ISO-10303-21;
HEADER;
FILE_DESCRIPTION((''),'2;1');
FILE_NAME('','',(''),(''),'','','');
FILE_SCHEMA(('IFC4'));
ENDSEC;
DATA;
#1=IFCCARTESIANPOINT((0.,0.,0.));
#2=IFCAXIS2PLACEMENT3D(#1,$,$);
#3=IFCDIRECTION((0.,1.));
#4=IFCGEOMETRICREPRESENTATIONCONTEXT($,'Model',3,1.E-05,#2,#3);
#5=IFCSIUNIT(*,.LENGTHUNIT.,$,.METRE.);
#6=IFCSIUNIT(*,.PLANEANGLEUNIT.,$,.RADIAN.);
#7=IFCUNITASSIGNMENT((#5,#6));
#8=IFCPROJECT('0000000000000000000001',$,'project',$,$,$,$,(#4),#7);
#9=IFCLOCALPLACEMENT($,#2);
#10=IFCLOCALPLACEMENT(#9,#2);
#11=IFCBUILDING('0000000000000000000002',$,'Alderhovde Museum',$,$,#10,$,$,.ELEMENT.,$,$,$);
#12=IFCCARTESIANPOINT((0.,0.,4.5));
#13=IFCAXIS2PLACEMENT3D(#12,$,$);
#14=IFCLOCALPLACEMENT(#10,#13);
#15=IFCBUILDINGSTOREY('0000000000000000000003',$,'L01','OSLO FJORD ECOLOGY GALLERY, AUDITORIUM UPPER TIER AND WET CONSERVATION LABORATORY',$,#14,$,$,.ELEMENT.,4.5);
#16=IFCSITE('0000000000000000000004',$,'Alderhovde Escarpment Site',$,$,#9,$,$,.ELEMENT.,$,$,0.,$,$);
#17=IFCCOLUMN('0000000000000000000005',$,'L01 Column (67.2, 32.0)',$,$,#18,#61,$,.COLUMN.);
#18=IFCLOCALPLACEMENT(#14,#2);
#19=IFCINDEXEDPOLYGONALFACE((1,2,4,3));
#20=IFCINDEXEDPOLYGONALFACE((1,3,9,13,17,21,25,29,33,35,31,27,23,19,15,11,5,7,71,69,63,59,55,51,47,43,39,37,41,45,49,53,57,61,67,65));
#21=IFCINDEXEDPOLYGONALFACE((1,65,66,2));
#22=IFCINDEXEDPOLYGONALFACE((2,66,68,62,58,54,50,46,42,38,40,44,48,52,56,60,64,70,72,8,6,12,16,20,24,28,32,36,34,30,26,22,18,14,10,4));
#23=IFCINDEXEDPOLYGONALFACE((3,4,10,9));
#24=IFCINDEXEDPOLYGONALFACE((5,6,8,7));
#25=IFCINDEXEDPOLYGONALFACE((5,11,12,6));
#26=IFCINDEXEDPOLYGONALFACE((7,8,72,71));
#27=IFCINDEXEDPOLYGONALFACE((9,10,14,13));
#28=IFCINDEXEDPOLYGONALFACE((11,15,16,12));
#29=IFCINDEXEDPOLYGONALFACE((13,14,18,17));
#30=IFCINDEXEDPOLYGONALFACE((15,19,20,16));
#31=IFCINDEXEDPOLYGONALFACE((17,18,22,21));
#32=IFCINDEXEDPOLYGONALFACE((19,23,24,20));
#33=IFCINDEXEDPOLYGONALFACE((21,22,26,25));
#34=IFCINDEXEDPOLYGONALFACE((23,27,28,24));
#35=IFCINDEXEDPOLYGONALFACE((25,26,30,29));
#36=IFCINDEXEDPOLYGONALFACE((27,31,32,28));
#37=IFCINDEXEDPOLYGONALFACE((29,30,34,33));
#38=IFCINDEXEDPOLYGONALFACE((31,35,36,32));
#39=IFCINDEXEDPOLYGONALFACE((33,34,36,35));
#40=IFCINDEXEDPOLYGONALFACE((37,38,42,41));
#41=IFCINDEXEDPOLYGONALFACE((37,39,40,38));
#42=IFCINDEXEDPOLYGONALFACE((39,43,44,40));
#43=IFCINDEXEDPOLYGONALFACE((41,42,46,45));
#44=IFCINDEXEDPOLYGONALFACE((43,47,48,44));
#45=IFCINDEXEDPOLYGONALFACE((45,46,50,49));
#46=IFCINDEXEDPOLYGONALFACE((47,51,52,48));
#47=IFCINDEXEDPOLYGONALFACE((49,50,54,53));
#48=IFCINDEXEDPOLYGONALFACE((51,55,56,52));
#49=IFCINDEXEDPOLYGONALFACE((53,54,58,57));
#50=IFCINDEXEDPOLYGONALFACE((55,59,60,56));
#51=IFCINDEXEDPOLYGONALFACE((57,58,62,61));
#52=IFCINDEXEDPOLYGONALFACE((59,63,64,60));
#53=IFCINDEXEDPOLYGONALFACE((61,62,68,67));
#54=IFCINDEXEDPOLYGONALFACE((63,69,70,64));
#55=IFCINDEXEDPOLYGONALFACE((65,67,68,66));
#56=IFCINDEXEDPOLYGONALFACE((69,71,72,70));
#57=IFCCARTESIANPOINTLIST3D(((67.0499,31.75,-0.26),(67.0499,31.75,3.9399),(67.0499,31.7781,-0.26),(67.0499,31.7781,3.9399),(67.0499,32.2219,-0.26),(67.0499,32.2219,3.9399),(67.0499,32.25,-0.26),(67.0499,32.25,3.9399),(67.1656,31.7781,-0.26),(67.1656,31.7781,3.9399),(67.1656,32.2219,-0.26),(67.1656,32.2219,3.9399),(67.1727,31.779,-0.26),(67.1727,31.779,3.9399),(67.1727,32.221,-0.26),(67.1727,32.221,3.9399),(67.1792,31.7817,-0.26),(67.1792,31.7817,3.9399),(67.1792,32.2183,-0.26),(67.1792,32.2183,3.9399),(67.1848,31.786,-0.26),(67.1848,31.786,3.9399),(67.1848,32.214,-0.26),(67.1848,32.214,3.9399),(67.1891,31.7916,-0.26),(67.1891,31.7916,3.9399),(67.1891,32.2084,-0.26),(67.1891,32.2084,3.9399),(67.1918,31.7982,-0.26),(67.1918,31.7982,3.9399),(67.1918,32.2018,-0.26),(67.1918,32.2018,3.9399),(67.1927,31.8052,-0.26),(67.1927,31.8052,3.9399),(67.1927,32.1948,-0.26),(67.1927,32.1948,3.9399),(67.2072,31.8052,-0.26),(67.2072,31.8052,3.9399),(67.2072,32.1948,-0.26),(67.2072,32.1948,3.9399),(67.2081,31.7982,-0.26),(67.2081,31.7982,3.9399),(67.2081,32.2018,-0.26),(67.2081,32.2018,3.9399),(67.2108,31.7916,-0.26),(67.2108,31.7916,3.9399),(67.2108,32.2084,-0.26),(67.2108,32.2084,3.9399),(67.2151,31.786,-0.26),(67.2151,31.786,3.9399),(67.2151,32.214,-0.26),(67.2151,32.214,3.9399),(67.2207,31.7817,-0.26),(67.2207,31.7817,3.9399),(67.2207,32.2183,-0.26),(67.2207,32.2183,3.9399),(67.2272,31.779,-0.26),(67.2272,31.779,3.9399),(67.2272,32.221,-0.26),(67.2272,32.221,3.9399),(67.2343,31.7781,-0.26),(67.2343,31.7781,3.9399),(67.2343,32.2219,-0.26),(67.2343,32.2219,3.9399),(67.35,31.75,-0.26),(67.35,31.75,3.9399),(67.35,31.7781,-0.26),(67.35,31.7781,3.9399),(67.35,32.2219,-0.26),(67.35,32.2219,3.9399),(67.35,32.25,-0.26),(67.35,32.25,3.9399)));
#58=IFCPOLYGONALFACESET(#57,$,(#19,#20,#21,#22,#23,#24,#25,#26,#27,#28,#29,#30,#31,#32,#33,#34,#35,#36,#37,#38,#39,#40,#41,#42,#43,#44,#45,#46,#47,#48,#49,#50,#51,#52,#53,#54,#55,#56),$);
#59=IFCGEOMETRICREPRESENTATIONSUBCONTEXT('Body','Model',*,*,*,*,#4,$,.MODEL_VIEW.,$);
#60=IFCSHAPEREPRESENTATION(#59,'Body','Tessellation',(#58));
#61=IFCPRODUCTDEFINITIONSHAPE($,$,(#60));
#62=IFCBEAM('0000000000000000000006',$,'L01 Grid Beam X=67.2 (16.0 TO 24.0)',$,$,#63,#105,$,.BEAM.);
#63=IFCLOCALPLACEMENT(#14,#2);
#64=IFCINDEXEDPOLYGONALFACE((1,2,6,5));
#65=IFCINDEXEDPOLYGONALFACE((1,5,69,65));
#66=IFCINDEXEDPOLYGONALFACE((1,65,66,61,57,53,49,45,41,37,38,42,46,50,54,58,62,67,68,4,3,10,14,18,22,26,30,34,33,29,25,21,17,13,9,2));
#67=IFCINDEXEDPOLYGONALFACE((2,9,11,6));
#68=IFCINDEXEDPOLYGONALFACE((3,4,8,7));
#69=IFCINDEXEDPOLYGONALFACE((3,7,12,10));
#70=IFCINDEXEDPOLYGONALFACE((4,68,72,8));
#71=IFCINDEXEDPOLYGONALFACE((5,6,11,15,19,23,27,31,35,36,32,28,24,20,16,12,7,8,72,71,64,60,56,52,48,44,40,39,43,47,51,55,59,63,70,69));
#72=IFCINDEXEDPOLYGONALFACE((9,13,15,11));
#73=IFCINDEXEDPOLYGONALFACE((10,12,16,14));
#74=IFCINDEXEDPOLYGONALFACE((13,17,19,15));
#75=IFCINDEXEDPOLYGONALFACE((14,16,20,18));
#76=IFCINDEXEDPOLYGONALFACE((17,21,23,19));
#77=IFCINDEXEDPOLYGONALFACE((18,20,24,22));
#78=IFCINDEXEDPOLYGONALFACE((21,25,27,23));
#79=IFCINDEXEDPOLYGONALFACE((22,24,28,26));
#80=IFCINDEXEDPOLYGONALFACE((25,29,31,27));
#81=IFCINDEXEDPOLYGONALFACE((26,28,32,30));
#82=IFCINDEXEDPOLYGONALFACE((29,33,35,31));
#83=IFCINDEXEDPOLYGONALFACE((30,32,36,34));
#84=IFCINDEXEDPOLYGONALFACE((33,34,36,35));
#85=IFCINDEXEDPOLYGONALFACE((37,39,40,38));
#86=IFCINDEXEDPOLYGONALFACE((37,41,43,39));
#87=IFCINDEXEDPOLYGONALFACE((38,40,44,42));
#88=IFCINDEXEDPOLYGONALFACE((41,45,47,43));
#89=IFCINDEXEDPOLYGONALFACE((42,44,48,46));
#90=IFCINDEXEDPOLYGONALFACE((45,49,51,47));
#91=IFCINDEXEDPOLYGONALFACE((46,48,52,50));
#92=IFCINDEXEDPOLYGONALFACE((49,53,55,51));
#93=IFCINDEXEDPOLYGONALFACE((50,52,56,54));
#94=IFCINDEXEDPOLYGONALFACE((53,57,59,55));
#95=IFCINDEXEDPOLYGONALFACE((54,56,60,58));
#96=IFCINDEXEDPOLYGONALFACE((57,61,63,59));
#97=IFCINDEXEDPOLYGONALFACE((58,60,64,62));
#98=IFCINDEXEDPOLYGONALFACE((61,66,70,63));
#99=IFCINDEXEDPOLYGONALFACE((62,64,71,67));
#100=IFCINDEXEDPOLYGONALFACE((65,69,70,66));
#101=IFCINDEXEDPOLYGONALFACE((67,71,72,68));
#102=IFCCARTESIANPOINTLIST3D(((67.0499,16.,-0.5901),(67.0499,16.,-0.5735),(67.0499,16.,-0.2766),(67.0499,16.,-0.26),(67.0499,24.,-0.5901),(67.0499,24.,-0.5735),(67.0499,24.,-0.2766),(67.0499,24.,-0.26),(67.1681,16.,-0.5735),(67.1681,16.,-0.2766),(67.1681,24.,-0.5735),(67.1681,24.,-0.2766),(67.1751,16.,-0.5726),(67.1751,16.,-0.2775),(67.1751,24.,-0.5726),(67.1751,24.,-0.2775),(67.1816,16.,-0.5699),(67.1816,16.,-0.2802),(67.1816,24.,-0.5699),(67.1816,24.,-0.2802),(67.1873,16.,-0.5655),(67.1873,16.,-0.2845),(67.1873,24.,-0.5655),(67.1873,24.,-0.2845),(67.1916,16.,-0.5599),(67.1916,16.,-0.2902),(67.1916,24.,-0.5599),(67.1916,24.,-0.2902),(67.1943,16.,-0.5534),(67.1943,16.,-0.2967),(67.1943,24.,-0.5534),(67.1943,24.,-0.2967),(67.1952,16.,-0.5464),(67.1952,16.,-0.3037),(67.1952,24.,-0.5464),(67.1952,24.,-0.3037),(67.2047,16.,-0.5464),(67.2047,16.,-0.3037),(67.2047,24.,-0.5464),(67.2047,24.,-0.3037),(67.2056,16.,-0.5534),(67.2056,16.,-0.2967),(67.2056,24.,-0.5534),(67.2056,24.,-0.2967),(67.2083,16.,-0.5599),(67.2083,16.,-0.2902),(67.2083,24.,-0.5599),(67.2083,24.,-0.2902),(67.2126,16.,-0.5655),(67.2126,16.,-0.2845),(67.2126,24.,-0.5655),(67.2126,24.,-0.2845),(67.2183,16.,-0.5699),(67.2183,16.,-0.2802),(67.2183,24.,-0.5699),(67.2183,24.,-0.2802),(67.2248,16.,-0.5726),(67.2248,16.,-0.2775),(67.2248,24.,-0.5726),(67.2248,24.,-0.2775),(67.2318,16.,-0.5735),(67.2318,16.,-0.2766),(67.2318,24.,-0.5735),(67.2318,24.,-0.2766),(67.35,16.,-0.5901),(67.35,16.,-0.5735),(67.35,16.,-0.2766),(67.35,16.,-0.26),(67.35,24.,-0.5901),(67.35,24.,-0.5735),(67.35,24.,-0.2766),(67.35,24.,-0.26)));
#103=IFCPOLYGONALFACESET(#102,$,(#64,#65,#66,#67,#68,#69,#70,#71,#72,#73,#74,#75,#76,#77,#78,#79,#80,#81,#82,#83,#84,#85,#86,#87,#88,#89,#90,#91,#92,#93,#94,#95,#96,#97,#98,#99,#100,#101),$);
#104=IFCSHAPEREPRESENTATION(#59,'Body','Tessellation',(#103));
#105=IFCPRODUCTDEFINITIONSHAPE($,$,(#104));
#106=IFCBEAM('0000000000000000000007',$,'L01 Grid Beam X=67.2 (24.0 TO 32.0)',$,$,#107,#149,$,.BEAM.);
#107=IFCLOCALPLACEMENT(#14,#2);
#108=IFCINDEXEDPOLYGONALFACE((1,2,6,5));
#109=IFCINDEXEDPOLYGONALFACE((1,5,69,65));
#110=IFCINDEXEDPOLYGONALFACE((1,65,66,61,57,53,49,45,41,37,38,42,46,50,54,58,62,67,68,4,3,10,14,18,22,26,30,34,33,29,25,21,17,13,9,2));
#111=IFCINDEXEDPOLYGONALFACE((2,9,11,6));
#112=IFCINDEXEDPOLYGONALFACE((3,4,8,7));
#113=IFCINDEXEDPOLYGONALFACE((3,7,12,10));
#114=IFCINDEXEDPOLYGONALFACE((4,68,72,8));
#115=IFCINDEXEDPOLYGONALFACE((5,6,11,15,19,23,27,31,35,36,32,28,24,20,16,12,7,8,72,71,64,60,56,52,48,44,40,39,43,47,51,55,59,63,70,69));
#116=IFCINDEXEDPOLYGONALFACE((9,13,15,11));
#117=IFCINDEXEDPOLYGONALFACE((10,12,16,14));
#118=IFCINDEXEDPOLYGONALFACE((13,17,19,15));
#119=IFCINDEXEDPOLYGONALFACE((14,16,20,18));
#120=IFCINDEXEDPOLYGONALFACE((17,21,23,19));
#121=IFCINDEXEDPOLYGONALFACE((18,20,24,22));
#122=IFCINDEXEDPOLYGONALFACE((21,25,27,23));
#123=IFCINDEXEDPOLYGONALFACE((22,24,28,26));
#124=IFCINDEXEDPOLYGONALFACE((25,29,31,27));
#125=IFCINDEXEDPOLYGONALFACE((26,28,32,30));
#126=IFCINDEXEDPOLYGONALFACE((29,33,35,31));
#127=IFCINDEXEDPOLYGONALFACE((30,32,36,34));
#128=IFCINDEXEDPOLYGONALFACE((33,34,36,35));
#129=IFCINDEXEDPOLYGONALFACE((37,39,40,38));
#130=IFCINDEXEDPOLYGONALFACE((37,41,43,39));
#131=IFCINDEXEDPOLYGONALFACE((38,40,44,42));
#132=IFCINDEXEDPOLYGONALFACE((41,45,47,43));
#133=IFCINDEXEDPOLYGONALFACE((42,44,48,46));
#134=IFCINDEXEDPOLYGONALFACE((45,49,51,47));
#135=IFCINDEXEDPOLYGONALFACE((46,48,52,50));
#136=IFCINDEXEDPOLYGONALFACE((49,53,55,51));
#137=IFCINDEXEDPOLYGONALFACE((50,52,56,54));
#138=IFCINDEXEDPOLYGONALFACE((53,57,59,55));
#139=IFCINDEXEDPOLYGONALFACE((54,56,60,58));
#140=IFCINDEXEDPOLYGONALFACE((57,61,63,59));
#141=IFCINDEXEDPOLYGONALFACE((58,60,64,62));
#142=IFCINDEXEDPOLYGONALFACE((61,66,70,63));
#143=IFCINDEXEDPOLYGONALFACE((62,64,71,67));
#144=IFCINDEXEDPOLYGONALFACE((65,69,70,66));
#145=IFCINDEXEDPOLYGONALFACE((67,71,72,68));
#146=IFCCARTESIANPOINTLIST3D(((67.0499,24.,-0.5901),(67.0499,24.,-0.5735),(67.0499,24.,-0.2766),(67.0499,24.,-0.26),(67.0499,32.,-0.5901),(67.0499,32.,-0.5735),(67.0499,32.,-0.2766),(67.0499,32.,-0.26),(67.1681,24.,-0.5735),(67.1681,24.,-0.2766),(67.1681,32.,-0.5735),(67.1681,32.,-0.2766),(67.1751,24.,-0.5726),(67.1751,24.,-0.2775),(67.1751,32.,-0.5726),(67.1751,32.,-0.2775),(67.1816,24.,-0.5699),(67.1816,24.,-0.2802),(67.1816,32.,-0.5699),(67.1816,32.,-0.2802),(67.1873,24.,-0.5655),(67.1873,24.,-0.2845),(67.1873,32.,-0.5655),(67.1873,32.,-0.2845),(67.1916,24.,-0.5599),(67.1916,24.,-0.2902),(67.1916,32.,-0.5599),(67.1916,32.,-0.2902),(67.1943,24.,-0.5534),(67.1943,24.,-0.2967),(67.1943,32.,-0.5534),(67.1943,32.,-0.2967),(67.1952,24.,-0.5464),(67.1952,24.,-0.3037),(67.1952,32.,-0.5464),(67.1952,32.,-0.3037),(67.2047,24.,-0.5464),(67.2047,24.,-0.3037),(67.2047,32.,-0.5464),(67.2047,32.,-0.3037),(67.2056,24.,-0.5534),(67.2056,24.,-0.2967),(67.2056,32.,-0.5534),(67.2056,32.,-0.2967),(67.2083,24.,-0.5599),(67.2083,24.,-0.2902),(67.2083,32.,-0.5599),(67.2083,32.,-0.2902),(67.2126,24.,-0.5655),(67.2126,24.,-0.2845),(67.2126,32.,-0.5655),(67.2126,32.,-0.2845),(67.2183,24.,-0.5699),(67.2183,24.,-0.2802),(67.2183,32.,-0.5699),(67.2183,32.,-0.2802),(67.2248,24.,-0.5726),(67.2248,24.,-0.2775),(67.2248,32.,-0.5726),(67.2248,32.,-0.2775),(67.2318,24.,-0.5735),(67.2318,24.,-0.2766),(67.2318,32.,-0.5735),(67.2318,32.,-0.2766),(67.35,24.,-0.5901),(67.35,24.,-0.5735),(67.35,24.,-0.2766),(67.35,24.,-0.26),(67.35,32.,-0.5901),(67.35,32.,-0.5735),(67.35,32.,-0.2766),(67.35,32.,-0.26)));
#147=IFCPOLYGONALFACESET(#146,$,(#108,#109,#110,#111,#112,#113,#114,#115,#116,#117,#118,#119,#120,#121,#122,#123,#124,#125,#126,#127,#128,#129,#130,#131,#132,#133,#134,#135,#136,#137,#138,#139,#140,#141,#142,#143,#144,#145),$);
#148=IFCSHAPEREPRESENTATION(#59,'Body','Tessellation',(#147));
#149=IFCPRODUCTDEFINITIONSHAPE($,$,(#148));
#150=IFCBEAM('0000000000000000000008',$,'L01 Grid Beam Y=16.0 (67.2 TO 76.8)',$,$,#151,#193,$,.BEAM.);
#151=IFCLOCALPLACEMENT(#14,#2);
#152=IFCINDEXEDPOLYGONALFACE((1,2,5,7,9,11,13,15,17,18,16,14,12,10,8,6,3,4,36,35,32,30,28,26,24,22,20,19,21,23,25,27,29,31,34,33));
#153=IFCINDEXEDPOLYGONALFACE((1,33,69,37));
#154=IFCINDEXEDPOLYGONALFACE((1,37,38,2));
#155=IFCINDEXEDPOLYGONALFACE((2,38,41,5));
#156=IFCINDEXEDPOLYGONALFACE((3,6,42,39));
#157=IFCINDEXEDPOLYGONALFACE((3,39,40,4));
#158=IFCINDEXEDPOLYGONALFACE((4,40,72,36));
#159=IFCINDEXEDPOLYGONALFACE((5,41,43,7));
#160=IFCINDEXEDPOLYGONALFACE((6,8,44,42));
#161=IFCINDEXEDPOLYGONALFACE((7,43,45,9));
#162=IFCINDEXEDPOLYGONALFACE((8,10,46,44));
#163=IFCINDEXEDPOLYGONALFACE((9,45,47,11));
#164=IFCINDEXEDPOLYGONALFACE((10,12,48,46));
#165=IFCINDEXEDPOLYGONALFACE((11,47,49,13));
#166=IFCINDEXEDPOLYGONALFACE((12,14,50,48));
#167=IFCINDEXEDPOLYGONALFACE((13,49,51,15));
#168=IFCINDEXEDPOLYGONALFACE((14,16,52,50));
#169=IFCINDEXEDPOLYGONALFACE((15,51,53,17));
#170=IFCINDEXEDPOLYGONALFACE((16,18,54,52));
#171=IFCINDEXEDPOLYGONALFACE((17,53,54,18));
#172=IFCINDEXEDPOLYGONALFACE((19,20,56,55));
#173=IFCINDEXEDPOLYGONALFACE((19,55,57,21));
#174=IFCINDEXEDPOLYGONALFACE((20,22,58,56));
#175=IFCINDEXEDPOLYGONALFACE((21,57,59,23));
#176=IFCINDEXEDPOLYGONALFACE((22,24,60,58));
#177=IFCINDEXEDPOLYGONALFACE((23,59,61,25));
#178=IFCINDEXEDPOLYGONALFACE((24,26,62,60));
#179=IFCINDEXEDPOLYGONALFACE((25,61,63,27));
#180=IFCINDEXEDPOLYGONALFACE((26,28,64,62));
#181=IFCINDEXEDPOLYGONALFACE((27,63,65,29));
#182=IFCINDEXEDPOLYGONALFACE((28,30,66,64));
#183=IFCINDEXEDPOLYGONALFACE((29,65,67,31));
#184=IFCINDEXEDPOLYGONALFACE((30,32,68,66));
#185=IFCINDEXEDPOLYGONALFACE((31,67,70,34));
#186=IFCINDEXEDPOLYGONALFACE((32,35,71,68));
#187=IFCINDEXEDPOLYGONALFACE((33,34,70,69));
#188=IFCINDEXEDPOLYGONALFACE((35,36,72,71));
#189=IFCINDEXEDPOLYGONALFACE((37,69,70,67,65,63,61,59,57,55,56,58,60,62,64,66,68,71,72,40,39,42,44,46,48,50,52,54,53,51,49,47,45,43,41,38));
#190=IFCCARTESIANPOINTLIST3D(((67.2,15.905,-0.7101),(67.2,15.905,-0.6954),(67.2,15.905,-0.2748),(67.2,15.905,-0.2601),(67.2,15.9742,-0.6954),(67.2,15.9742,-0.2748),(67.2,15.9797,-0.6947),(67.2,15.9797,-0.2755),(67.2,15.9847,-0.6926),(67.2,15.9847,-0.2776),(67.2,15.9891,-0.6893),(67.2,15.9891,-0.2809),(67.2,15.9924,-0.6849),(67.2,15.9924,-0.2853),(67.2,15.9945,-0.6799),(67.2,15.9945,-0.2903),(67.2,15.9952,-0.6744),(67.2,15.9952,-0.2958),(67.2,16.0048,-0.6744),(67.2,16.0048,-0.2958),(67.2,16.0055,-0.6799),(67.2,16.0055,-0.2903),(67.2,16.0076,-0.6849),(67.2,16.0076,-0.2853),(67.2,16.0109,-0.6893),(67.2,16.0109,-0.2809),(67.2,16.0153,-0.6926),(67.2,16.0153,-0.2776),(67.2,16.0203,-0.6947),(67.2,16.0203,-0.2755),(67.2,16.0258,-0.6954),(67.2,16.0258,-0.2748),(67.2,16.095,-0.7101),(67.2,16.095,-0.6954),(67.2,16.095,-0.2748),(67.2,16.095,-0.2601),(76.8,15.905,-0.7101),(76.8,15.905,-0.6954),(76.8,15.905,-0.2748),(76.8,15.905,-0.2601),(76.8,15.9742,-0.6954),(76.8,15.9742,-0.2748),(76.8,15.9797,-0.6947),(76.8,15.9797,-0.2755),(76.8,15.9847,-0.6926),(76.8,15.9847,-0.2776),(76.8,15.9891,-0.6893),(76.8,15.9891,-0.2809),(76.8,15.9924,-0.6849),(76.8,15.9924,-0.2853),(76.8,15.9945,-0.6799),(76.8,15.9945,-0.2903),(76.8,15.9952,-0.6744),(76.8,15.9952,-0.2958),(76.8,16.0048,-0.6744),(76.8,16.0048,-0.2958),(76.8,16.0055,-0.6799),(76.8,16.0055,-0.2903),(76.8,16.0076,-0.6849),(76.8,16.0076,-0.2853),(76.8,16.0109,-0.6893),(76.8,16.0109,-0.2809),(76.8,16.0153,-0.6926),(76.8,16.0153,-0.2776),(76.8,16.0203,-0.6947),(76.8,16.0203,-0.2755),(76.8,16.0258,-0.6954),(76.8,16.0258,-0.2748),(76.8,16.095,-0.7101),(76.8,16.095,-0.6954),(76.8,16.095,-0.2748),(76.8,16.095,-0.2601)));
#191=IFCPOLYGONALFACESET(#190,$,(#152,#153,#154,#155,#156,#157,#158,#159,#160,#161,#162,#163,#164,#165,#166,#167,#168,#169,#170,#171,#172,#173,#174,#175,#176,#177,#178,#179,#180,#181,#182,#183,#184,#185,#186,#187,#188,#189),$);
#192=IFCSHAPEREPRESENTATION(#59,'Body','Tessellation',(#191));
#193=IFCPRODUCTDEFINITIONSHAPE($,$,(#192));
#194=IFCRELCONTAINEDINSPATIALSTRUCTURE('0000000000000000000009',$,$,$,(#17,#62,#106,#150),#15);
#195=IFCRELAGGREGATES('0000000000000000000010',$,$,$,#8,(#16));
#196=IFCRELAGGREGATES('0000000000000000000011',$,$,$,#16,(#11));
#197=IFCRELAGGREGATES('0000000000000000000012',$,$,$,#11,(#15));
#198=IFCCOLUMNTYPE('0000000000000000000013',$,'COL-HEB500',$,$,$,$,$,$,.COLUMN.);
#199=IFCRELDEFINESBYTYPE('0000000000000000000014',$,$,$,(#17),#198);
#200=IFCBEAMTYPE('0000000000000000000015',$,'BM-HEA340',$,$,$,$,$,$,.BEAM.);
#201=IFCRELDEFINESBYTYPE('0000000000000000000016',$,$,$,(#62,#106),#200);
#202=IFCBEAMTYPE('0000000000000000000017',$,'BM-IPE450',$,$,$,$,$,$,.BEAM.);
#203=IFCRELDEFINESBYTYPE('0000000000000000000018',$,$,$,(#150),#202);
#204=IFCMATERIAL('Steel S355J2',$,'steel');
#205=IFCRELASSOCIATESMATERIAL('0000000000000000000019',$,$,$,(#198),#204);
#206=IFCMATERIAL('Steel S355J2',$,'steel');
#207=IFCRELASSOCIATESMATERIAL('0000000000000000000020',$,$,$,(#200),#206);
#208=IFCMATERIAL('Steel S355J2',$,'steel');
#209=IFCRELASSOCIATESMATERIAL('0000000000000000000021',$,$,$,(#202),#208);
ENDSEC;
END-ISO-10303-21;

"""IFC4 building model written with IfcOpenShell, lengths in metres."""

from ifc_helpers import new_model, si_unit, direction, frame, origin, origin_2d, place, context, subcontext, project, spatial, i_section, extrude, material, material_profile, profile_set, type_object, element, save


model = new_model("IFC4")

# Units and contexts
model_context = context("Model", 3, precision=1e-05, world=origin(), true_north=direction((0.0, 1.0)))
body_context = subcontext(model_context, "Body", "Model", "MODEL_VIEW")
ifc_project = project(units=[si_unit("LENGTHUNIT", "METRE"), si_unit("PLANEANGLEUNIT", "RADIAN")], contexts=[model_context])

# Site, building, storey
site_placement = place(None, origin())
site = spatial("IfcSite", under=ifc_project, at=site_placement, Name="Alderhovde Escarpment Site", CompositionType="ELEMENT", RefElevation=0.0)
building_placement = place(site_placement, origin())
building = spatial("IfcBuilding", under=site, at=building_placement, Name="Alderhovde Museum", CompositionType="ELEMENT")
storey_placement = place(building_placement, frame((0.0, 0.0, 4.5)))
storey = spatial("IfcBuildingStorey", under=building, at=storey_placement, Name="L01", Description="OSLO FJORD ECOLOGY GALLERY, AUDITORIUM UPPER TIER AND WET CONSERVATION LABORATORY", CompositionType="ELEMENT", Elevation=4.5)

# Column
ifc_material_1 = material(Name="Steel S355J2", Category="steel")
ifc_material_profile_1 = material_profile(ifc_material_1, i_section(OverallWidth=0.3, OverallDepth=0.5, WebThickness=0.0144, FlangeThickness=0.0281, FilletRadius=0.0271, at=origin_2d()), Name="HEB 500")
ifc_profile_set_1 = profile_set([ifc_material_profile_1], Name="Steel S355J2")
column_type = type_object("IfcColumnType", Name="COL-HEB500", PredefinedType="COLUMN", material=ifc_profile_set_1)
column_placement = place(storey_placement, frame((67.2, 32.0, -0.26), z_axis=(0.0, 0.0, 1.0), x_axis=(1.0, 0.0, 0.0)))
element("IfcColumn", 1, at=column_placement, inside=storey, type_object=column_type, Name="L01 Column (67.2, 32.0)", PredefinedType="COLUMN", context=body_context, shape_type="SweptSolid", body=[
    extrude(i_section(OverallWidth=0.3, OverallDepth=0.5, WebThickness=0.0144, FlangeThickness=0.0281, FilletRadius=0.0271, at=origin_2d()), origin(), (0.0, 0.0, 1.0), 4.2),
])

# Beams
ifc_material_2 = material(Name="Steel S355J2", Category="steel")
ifc_material_profile_2 = material_profile(ifc_material_2, i_section(OverallWidth=0.3, OverallDepth=0.3301, WebThickness=0.0095, FlangeThickness=0.0166, FilletRadius=0.0271, at=origin_2d()), Name="HEA 340")
ifc_profile_set_2 = profile_set([ifc_material_profile_2], Name="Steel S355J2")
beam_type_1 = type_object("IfcBeamType", Name="BM-HEA340", PredefinedType="BEAM", material=ifc_profile_set_2)
for number, where, z_axis, x_axis, name in (
    (2, (67.2, 16.0, -0.425), (0.0, 1.0, 0.0), (-1.0, 0.0, 0.0), "L01 Grid Beam X=67.2 (16.0 TO 24.0)"),
    (3, (67.2, 24.0, -0.425), (0.0, 1.0, 0.0), (-1.0, 0.0, 0.0), "L01 Grid Beam X=67.2 (24.0 TO 32.0)"),
):
    element("IfcBeam", number, at=place(storey_placement, frame(where, z_axis=z_axis, x_axis=x_axis)), inside=storey, type_object=beam_type_1, Name=name, PredefinedType="BEAM", context=body_context, shape_type="SweptSolid", body=[
        extrude(i_section(OverallWidth=0.3, OverallDepth=0.3301, WebThickness=0.0095, FlangeThickness=0.0166, FilletRadius=0.0271, at=origin_2d()), origin(), (0.0, 0.0, 1.0), 8.0),
    ])
ifc_material_3 = material(Name="Steel S355J2", Category="steel")
ifc_material_profile_3 = material_profile(ifc_material_3, i_section(OverallWidth=0.1899, OverallDepth=0.45, WebThickness=0.0095, FlangeThickness=0.0146, FilletRadius=0.021, at=origin_2d()), Name="IPE 450")
ifc_profile_set_3 = profile_set([ifc_material_profile_3], Name="Steel S355J2")
beam_type_2 = type_object("IfcBeamType", Name="BM-IPE450", PredefinedType="BEAM", material=ifc_profile_set_3)
for number, where, z_axis, x_axis, name in (
    (4, (67.2, 16.0, -0.4851), (1.0, 0.0, 0.0), (0.0, 1.0, 0.0), "L01 Grid Beam Y=16.0 (67.2 TO 76.8)"),
):
    element("IfcBeam", number, at=place(storey_placement, frame(where, z_axis=z_axis, x_axis=x_axis)), inside=storey, type_object=beam_type_2, Name=name, PredefinedType="BEAM", context=body_context, shape_type="SweptSolid", body=[
        extrude(i_section(OverallWidth=0.1899, OverallDepth=0.45, WebThickness=0.0095, FlangeThickness=0.0146, FilletRadius=0.021, at=origin_2d()), origin(), (0.0, 0.0, 1.0), 9.6001),
    ])

save(model, "model.ifc")
